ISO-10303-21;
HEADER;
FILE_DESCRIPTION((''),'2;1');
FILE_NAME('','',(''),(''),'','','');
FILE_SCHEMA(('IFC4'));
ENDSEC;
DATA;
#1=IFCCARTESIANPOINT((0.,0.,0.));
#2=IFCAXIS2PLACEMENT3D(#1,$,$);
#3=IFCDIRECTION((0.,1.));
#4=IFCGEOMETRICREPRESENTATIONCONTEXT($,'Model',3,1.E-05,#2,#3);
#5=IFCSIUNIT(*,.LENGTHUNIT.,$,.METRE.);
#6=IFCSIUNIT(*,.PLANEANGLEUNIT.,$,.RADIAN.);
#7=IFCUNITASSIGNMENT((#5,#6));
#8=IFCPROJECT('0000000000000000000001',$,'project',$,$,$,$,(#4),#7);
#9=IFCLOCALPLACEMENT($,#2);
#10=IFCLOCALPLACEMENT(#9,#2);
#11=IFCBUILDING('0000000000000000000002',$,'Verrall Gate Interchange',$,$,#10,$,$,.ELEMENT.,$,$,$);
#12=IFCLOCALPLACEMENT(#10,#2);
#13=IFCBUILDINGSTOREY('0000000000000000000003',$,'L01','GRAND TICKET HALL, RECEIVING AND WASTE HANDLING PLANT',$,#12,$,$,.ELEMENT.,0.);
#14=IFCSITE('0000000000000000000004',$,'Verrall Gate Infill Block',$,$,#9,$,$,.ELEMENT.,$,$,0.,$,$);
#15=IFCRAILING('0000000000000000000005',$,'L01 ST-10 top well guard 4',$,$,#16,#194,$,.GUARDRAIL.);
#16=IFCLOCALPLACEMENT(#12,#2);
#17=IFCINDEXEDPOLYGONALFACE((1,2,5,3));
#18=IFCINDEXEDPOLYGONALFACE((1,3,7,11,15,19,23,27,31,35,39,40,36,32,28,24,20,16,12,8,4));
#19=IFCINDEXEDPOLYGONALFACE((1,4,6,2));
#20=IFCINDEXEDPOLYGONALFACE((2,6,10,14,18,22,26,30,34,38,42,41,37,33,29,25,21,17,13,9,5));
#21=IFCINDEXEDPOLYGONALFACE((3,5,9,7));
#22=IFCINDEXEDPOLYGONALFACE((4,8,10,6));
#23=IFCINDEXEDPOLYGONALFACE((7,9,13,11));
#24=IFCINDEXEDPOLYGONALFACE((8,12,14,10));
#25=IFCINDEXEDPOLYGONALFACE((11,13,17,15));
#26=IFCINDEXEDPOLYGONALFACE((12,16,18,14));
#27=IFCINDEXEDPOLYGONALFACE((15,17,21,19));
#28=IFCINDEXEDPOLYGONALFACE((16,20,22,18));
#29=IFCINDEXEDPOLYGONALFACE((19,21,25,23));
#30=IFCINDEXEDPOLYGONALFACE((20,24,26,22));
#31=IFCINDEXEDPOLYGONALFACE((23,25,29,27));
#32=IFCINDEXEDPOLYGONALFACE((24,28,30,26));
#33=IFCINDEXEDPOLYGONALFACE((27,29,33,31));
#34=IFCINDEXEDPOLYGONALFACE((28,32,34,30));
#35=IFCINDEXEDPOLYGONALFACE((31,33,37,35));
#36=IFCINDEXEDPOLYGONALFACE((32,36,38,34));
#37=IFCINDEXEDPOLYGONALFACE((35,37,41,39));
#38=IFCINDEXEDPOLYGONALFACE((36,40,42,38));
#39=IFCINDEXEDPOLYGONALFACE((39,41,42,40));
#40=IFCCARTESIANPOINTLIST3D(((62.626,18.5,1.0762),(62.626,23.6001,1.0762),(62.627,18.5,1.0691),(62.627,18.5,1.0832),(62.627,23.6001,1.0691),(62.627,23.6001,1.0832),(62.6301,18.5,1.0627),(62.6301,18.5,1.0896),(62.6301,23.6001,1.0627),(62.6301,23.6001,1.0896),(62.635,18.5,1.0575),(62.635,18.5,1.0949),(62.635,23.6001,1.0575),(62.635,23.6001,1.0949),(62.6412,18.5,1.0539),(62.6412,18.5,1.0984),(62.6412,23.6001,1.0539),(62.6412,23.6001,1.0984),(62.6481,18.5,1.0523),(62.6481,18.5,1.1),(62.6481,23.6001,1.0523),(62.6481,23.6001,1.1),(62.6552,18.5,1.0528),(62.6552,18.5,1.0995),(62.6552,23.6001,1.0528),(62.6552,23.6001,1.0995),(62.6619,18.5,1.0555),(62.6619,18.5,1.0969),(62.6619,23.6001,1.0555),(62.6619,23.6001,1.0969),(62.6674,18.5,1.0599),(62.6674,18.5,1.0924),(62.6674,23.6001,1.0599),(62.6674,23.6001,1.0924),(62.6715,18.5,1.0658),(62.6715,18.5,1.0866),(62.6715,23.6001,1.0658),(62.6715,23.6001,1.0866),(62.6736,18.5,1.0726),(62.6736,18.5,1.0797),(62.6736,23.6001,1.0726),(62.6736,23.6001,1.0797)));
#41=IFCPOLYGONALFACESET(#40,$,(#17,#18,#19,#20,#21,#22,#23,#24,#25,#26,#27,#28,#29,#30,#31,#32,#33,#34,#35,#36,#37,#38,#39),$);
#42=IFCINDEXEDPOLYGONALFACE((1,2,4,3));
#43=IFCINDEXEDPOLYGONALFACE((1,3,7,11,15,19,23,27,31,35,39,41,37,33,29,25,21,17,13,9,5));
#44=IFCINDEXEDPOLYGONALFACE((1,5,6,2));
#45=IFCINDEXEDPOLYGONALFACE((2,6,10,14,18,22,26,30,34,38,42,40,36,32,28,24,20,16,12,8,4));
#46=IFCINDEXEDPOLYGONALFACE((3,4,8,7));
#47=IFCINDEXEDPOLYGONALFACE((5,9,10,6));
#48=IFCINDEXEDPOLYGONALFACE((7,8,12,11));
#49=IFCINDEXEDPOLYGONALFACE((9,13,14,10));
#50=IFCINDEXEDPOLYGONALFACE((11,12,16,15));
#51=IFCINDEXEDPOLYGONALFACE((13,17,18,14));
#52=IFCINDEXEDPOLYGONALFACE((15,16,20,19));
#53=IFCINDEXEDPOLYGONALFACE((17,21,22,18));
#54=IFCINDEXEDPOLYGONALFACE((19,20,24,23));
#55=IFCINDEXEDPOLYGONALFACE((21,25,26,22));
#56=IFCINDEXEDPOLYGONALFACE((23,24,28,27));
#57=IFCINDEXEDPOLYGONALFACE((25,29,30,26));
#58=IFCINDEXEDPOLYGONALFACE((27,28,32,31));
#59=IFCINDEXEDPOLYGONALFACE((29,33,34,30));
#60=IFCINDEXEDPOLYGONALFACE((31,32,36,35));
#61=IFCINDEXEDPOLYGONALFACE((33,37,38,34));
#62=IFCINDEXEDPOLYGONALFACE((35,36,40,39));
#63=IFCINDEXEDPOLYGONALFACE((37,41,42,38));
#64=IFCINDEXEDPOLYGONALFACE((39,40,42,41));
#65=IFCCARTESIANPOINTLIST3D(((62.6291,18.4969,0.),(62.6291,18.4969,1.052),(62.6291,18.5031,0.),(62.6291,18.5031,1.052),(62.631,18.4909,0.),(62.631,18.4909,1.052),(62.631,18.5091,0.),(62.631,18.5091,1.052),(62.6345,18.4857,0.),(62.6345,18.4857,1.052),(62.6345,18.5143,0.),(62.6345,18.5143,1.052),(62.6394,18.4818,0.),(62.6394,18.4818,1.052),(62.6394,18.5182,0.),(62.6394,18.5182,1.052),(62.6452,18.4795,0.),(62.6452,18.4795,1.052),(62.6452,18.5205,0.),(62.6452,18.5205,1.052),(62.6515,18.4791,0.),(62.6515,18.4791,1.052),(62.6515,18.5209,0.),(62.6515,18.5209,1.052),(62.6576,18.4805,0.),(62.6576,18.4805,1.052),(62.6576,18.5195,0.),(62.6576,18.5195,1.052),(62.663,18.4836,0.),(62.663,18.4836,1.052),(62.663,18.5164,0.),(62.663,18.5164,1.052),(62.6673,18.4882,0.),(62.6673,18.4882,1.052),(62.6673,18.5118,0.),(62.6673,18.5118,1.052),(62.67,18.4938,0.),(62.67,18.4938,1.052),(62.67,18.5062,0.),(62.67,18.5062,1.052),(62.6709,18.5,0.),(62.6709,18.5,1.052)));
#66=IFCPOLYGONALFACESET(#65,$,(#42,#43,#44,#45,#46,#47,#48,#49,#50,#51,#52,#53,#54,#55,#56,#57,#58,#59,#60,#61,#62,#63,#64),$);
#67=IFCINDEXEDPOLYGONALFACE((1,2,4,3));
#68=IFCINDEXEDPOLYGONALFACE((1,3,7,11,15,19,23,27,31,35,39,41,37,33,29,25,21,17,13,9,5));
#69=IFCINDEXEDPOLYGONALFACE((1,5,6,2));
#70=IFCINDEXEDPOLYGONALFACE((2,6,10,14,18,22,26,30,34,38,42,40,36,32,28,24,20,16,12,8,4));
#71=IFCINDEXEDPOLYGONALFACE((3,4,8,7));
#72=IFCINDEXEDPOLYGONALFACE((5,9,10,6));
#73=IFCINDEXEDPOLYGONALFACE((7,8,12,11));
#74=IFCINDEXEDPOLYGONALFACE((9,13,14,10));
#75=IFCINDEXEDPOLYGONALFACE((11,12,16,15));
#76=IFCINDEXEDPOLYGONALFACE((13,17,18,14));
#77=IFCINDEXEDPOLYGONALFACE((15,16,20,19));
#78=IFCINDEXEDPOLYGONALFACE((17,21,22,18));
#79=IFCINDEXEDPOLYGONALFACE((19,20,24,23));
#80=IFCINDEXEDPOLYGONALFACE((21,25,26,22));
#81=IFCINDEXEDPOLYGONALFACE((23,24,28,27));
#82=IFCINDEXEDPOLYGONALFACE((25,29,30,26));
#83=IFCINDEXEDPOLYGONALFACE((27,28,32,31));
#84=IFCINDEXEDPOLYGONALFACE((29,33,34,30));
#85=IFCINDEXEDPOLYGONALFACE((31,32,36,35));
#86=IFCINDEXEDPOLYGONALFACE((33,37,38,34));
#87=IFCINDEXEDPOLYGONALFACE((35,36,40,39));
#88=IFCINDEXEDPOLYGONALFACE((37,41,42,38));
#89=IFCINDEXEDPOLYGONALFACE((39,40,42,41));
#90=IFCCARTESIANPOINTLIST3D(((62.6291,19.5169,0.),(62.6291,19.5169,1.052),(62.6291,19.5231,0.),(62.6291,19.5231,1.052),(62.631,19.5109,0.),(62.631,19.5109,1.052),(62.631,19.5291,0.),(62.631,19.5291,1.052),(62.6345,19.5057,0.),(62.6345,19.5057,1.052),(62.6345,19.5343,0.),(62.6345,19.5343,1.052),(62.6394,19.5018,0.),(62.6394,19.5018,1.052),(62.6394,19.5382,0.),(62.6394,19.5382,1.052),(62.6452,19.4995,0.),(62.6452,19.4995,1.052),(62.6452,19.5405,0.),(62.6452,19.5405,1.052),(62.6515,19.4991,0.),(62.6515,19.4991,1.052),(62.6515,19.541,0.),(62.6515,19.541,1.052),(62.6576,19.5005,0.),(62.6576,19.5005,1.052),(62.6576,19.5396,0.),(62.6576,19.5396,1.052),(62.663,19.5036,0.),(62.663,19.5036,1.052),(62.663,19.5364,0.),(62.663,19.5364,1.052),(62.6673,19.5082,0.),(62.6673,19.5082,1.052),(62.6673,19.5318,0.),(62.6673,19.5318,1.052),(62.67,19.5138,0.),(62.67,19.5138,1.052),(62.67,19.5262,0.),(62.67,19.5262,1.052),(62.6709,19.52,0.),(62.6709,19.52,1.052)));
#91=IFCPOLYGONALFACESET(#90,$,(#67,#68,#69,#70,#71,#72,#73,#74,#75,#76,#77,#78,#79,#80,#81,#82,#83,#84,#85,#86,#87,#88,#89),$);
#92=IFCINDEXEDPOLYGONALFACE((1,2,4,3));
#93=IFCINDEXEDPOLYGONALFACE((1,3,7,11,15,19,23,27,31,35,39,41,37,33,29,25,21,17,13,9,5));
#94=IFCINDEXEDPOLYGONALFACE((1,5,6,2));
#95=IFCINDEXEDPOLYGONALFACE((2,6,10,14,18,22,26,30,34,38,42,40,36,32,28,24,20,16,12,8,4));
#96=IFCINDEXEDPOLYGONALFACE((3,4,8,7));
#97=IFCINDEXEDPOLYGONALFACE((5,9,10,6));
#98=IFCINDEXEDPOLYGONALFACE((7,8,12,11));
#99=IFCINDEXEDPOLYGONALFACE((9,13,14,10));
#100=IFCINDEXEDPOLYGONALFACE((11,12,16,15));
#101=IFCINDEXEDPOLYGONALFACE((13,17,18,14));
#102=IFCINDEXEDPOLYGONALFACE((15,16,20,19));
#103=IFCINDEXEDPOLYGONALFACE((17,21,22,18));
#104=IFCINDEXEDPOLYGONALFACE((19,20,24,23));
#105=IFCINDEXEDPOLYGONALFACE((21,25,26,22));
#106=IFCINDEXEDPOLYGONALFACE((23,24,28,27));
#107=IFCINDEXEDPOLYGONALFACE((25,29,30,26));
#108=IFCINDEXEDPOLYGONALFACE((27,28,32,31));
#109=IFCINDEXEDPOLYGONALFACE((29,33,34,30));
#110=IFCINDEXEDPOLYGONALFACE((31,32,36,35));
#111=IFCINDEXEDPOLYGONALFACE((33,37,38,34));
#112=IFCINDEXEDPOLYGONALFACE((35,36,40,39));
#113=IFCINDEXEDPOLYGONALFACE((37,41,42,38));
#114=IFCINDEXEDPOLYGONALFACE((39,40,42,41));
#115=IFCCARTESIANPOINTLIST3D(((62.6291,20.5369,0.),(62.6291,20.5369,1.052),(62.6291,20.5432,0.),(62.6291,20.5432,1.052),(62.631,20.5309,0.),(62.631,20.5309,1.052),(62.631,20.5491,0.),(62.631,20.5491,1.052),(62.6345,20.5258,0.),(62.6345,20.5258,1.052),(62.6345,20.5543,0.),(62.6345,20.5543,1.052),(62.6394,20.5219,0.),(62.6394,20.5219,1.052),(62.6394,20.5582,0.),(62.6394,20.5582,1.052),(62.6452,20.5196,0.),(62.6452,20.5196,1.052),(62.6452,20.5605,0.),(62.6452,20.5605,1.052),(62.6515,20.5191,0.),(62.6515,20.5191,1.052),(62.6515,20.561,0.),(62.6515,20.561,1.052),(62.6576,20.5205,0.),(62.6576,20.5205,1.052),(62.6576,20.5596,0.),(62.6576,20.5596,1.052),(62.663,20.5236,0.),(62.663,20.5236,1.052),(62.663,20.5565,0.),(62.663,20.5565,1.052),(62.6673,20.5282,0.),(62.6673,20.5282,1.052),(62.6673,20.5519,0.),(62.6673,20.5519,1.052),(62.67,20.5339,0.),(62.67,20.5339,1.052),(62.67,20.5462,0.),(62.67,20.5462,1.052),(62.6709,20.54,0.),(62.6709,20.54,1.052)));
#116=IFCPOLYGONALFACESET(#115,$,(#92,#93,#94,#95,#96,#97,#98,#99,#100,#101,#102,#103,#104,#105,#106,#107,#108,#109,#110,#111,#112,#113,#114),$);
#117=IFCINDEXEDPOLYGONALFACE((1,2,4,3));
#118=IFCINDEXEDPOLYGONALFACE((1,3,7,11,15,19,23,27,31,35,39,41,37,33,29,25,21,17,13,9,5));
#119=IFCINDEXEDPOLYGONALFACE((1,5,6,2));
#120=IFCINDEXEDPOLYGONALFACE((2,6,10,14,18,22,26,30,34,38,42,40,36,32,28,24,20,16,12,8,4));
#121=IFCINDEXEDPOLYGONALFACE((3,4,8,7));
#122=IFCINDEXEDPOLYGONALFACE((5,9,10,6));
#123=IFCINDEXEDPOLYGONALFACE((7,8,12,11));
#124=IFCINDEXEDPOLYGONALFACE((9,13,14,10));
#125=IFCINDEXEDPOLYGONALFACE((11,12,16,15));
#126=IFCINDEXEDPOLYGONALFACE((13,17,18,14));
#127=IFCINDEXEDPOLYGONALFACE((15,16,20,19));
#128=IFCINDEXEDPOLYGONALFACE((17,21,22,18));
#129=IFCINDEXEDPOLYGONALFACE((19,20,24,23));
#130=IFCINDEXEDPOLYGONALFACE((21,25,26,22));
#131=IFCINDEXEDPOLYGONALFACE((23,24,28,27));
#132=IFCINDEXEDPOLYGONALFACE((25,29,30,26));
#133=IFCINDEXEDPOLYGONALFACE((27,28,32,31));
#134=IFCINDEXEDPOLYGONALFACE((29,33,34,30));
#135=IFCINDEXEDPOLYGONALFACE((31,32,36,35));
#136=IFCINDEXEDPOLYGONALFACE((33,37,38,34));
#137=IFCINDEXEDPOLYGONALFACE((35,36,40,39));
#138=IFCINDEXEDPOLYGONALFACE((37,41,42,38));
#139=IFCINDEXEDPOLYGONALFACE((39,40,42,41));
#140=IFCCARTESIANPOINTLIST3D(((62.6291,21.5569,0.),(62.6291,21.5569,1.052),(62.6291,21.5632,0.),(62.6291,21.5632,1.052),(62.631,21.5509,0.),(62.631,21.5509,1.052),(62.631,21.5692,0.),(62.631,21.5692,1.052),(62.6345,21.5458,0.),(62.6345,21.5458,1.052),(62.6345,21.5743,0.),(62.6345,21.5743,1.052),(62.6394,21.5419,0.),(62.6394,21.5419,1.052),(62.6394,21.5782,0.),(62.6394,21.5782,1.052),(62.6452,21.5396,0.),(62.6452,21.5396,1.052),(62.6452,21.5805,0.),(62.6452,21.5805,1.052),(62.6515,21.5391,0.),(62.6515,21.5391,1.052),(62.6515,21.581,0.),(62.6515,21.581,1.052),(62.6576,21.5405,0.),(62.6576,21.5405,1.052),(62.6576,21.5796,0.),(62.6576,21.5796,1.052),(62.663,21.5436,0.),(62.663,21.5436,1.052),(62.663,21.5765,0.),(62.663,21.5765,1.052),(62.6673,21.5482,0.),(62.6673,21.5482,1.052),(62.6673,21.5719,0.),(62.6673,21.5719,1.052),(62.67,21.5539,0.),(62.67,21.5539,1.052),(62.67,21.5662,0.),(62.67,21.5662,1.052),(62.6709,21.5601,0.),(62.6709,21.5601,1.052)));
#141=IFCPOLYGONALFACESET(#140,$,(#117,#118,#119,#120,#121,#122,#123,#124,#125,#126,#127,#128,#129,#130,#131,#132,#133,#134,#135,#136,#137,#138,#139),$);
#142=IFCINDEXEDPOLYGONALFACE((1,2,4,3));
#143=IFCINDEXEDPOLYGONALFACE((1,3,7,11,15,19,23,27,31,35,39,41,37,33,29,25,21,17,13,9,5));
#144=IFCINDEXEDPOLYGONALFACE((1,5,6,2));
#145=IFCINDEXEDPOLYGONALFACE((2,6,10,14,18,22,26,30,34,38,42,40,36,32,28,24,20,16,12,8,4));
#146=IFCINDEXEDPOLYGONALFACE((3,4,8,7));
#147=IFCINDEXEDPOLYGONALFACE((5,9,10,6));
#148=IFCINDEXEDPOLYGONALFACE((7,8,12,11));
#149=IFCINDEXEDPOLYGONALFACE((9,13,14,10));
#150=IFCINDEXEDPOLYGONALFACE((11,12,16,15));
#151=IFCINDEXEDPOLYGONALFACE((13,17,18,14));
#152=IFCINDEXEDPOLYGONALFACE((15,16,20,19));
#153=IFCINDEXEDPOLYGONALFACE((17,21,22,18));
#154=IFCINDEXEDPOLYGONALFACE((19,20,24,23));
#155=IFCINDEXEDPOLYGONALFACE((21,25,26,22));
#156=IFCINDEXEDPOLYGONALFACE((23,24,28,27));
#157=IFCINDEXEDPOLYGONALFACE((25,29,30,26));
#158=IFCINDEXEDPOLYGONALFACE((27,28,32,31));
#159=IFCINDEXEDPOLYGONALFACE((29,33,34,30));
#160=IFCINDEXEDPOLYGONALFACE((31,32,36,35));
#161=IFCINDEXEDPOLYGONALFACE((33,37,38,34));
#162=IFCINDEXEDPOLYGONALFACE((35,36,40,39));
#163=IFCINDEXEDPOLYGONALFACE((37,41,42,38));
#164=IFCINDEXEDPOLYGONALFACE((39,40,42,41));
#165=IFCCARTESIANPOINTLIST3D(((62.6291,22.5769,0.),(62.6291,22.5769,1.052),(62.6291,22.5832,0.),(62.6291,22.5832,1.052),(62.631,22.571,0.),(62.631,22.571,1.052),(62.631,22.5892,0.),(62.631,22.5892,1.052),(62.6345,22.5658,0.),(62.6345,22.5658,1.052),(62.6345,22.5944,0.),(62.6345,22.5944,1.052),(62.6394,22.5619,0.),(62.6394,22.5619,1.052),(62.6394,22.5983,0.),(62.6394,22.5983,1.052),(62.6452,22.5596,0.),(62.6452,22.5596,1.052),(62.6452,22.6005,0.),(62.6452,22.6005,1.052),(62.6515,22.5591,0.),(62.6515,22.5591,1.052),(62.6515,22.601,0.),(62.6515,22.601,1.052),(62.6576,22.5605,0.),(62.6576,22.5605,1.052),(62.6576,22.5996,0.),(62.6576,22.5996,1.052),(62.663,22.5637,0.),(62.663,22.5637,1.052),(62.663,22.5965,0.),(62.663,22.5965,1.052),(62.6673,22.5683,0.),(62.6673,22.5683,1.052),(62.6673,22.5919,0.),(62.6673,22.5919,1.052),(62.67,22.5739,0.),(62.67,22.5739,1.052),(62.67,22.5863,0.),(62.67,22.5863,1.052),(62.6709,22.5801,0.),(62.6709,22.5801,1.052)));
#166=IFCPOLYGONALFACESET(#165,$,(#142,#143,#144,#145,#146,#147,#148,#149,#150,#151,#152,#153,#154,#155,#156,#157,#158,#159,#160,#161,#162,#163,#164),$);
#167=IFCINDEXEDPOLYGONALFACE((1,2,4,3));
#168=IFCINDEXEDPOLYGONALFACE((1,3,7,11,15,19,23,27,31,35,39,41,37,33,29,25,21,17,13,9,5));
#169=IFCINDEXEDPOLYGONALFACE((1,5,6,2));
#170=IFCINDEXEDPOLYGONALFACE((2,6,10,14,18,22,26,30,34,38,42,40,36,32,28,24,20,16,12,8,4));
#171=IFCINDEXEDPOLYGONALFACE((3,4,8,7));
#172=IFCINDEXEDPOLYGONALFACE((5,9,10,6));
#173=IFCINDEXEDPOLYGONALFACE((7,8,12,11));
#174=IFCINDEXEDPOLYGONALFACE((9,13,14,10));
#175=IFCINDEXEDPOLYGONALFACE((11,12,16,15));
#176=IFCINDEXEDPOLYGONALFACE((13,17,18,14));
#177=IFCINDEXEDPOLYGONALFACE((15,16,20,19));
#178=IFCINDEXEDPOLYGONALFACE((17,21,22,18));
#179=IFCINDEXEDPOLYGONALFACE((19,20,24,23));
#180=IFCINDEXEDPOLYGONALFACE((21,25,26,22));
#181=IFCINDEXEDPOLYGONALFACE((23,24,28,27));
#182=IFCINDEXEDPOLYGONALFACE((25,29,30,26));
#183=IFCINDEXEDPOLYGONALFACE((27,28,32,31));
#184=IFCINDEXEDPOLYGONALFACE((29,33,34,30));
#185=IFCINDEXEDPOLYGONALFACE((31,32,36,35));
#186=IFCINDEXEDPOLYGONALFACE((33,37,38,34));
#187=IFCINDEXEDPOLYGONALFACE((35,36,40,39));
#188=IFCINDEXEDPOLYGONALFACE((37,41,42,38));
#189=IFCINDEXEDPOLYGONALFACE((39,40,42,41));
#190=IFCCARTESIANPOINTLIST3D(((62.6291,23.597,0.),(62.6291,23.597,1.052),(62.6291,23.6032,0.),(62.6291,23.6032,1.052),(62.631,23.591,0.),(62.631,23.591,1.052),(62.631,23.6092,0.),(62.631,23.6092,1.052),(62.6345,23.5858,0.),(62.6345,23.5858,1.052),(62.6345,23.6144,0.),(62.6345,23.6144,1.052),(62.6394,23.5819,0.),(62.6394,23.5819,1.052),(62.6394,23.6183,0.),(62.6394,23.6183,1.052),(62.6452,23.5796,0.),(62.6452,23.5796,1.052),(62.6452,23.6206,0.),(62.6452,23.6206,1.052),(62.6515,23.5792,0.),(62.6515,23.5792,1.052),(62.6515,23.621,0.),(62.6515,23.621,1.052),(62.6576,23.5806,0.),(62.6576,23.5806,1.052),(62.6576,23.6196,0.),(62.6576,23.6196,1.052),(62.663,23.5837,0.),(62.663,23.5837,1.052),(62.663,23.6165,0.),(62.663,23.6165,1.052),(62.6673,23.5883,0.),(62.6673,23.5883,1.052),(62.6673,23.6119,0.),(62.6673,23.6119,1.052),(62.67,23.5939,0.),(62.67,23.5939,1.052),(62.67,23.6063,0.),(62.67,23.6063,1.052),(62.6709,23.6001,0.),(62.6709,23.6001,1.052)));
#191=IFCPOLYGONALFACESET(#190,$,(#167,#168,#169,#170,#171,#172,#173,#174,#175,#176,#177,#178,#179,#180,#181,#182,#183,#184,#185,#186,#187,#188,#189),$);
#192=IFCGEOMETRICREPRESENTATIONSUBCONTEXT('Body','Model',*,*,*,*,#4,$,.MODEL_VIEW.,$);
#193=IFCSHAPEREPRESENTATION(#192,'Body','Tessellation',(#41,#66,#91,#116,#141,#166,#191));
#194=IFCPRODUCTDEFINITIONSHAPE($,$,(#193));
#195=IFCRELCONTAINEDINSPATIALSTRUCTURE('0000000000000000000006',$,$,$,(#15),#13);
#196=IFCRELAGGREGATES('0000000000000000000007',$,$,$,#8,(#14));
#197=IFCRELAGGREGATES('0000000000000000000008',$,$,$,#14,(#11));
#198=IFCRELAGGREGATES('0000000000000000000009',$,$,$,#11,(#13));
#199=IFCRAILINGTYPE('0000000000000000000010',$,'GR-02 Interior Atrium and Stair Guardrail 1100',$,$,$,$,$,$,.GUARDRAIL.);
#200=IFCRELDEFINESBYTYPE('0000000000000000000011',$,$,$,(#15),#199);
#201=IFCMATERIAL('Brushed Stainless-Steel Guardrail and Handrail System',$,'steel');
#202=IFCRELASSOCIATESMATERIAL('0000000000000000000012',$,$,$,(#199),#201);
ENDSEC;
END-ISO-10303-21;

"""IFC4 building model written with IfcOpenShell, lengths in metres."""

from ifc_helpers import new_model, si_unit, direction, frame, origin, origin_2d, place, context, subcontext, project, spatial, circle, extrude, material, type_object, element, save


model = new_model("IFC4")

# Units and contexts
model_context = context("Model", 3, precision=1e-05, world=origin(), true_north=direction((0.0, 1.0)))
body_context = subcontext(model_context, "Body", "Model", "MODEL_VIEW")
ifc_project = project(units=[si_unit("LENGTHUNIT", "METRE"), si_unit("PLANEANGLEUNIT", "RADIAN")], contexts=[model_context])

# Site, building, storey
site_placement = place(None, origin())
site = spatial("IfcSite", under=ifc_project, at=site_placement, Name="Verrall Gate Infill Block", CompositionType="ELEMENT", RefElevation=0.0)
building_placement = place(site_placement, origin())
building = spatial("IfcBuilding", under=site, at=building_placement, Name="Verrall Gate Interchange", CompositionType="ELEMENT")
storey_placement = place(building_placement, origin())
storey = spatial("IfcBuildingStorey", under=building, at=storey_placement, Name="L01", Description="GRAND TICKET HALL, RECEIVING AND WASTE HANDLING PLANT", CompositionType="ELEMENT", Elevation=0.0)

# Railing
ifc_material_1 = material(Name="Brushed Stainless-Steel Guardrail and Handrail System", Category="steel")
railing_type = type_object("IfcRailingType", Name="GR-02 Interior Atrium and Stair Guardrail 1100", PredefinedType="GUARDRAIL", material=ifc_material_1)
railing_placement = place(storey_placement, frame((62.6499, 18.5, 0.0)))
element("IfcRailing", 1, at=railing_placement, inside=storey, type_object=railing_type, Name="L01 ST-10 top well guard 4", PredefinedType="GUARDRAIL", context=body_context, shape_type="SweptSolid", body=[
    extrude(circle(Radius=0.0239, at=origin_2d()), frame((0.0, 0.0, 1.0762), z_axis=(0.0, 1.0, 0.0), x_axis=(-1.0, 0.0, 0.0)), (0.0, 0.0, 1.0), 5.1001),
    extrude(circle(Radius=0.021, at=origin_2d()), origin(), (0.0, 0.0, 1.0), 1.052),
    extrude(circle(Radius=0.021, at=origin_2d()), frame((0.0, 1.02, 0.0)), (0.0, 0.0, 1.0), 1.052),
    extrude(circle(Radius=0.021, at=origin_2d()), frame((0.0, 2.04, 0.0)), (0.0, 0.0, 1.0), 1.052),
    extrude(circle(Radius=0.021, at=origin_2d()), frame((0.0, 3.0601, 0.0)), (0.0, 0.0, 1.0), 1.052),
    extrude(circle(Radius=0.021, at=origin_2d()), frame((0.0, 4.0801, 0.0)), (0.0, 0.0, 1.0), 1.052),
    extrude(circle(Radius=0.021, at=origin_2d()), frame((0.0, 5.1001, 0.0)), (0.0, 0.0, 1.0), 1.052),
])

save(model, "model.ifc")
